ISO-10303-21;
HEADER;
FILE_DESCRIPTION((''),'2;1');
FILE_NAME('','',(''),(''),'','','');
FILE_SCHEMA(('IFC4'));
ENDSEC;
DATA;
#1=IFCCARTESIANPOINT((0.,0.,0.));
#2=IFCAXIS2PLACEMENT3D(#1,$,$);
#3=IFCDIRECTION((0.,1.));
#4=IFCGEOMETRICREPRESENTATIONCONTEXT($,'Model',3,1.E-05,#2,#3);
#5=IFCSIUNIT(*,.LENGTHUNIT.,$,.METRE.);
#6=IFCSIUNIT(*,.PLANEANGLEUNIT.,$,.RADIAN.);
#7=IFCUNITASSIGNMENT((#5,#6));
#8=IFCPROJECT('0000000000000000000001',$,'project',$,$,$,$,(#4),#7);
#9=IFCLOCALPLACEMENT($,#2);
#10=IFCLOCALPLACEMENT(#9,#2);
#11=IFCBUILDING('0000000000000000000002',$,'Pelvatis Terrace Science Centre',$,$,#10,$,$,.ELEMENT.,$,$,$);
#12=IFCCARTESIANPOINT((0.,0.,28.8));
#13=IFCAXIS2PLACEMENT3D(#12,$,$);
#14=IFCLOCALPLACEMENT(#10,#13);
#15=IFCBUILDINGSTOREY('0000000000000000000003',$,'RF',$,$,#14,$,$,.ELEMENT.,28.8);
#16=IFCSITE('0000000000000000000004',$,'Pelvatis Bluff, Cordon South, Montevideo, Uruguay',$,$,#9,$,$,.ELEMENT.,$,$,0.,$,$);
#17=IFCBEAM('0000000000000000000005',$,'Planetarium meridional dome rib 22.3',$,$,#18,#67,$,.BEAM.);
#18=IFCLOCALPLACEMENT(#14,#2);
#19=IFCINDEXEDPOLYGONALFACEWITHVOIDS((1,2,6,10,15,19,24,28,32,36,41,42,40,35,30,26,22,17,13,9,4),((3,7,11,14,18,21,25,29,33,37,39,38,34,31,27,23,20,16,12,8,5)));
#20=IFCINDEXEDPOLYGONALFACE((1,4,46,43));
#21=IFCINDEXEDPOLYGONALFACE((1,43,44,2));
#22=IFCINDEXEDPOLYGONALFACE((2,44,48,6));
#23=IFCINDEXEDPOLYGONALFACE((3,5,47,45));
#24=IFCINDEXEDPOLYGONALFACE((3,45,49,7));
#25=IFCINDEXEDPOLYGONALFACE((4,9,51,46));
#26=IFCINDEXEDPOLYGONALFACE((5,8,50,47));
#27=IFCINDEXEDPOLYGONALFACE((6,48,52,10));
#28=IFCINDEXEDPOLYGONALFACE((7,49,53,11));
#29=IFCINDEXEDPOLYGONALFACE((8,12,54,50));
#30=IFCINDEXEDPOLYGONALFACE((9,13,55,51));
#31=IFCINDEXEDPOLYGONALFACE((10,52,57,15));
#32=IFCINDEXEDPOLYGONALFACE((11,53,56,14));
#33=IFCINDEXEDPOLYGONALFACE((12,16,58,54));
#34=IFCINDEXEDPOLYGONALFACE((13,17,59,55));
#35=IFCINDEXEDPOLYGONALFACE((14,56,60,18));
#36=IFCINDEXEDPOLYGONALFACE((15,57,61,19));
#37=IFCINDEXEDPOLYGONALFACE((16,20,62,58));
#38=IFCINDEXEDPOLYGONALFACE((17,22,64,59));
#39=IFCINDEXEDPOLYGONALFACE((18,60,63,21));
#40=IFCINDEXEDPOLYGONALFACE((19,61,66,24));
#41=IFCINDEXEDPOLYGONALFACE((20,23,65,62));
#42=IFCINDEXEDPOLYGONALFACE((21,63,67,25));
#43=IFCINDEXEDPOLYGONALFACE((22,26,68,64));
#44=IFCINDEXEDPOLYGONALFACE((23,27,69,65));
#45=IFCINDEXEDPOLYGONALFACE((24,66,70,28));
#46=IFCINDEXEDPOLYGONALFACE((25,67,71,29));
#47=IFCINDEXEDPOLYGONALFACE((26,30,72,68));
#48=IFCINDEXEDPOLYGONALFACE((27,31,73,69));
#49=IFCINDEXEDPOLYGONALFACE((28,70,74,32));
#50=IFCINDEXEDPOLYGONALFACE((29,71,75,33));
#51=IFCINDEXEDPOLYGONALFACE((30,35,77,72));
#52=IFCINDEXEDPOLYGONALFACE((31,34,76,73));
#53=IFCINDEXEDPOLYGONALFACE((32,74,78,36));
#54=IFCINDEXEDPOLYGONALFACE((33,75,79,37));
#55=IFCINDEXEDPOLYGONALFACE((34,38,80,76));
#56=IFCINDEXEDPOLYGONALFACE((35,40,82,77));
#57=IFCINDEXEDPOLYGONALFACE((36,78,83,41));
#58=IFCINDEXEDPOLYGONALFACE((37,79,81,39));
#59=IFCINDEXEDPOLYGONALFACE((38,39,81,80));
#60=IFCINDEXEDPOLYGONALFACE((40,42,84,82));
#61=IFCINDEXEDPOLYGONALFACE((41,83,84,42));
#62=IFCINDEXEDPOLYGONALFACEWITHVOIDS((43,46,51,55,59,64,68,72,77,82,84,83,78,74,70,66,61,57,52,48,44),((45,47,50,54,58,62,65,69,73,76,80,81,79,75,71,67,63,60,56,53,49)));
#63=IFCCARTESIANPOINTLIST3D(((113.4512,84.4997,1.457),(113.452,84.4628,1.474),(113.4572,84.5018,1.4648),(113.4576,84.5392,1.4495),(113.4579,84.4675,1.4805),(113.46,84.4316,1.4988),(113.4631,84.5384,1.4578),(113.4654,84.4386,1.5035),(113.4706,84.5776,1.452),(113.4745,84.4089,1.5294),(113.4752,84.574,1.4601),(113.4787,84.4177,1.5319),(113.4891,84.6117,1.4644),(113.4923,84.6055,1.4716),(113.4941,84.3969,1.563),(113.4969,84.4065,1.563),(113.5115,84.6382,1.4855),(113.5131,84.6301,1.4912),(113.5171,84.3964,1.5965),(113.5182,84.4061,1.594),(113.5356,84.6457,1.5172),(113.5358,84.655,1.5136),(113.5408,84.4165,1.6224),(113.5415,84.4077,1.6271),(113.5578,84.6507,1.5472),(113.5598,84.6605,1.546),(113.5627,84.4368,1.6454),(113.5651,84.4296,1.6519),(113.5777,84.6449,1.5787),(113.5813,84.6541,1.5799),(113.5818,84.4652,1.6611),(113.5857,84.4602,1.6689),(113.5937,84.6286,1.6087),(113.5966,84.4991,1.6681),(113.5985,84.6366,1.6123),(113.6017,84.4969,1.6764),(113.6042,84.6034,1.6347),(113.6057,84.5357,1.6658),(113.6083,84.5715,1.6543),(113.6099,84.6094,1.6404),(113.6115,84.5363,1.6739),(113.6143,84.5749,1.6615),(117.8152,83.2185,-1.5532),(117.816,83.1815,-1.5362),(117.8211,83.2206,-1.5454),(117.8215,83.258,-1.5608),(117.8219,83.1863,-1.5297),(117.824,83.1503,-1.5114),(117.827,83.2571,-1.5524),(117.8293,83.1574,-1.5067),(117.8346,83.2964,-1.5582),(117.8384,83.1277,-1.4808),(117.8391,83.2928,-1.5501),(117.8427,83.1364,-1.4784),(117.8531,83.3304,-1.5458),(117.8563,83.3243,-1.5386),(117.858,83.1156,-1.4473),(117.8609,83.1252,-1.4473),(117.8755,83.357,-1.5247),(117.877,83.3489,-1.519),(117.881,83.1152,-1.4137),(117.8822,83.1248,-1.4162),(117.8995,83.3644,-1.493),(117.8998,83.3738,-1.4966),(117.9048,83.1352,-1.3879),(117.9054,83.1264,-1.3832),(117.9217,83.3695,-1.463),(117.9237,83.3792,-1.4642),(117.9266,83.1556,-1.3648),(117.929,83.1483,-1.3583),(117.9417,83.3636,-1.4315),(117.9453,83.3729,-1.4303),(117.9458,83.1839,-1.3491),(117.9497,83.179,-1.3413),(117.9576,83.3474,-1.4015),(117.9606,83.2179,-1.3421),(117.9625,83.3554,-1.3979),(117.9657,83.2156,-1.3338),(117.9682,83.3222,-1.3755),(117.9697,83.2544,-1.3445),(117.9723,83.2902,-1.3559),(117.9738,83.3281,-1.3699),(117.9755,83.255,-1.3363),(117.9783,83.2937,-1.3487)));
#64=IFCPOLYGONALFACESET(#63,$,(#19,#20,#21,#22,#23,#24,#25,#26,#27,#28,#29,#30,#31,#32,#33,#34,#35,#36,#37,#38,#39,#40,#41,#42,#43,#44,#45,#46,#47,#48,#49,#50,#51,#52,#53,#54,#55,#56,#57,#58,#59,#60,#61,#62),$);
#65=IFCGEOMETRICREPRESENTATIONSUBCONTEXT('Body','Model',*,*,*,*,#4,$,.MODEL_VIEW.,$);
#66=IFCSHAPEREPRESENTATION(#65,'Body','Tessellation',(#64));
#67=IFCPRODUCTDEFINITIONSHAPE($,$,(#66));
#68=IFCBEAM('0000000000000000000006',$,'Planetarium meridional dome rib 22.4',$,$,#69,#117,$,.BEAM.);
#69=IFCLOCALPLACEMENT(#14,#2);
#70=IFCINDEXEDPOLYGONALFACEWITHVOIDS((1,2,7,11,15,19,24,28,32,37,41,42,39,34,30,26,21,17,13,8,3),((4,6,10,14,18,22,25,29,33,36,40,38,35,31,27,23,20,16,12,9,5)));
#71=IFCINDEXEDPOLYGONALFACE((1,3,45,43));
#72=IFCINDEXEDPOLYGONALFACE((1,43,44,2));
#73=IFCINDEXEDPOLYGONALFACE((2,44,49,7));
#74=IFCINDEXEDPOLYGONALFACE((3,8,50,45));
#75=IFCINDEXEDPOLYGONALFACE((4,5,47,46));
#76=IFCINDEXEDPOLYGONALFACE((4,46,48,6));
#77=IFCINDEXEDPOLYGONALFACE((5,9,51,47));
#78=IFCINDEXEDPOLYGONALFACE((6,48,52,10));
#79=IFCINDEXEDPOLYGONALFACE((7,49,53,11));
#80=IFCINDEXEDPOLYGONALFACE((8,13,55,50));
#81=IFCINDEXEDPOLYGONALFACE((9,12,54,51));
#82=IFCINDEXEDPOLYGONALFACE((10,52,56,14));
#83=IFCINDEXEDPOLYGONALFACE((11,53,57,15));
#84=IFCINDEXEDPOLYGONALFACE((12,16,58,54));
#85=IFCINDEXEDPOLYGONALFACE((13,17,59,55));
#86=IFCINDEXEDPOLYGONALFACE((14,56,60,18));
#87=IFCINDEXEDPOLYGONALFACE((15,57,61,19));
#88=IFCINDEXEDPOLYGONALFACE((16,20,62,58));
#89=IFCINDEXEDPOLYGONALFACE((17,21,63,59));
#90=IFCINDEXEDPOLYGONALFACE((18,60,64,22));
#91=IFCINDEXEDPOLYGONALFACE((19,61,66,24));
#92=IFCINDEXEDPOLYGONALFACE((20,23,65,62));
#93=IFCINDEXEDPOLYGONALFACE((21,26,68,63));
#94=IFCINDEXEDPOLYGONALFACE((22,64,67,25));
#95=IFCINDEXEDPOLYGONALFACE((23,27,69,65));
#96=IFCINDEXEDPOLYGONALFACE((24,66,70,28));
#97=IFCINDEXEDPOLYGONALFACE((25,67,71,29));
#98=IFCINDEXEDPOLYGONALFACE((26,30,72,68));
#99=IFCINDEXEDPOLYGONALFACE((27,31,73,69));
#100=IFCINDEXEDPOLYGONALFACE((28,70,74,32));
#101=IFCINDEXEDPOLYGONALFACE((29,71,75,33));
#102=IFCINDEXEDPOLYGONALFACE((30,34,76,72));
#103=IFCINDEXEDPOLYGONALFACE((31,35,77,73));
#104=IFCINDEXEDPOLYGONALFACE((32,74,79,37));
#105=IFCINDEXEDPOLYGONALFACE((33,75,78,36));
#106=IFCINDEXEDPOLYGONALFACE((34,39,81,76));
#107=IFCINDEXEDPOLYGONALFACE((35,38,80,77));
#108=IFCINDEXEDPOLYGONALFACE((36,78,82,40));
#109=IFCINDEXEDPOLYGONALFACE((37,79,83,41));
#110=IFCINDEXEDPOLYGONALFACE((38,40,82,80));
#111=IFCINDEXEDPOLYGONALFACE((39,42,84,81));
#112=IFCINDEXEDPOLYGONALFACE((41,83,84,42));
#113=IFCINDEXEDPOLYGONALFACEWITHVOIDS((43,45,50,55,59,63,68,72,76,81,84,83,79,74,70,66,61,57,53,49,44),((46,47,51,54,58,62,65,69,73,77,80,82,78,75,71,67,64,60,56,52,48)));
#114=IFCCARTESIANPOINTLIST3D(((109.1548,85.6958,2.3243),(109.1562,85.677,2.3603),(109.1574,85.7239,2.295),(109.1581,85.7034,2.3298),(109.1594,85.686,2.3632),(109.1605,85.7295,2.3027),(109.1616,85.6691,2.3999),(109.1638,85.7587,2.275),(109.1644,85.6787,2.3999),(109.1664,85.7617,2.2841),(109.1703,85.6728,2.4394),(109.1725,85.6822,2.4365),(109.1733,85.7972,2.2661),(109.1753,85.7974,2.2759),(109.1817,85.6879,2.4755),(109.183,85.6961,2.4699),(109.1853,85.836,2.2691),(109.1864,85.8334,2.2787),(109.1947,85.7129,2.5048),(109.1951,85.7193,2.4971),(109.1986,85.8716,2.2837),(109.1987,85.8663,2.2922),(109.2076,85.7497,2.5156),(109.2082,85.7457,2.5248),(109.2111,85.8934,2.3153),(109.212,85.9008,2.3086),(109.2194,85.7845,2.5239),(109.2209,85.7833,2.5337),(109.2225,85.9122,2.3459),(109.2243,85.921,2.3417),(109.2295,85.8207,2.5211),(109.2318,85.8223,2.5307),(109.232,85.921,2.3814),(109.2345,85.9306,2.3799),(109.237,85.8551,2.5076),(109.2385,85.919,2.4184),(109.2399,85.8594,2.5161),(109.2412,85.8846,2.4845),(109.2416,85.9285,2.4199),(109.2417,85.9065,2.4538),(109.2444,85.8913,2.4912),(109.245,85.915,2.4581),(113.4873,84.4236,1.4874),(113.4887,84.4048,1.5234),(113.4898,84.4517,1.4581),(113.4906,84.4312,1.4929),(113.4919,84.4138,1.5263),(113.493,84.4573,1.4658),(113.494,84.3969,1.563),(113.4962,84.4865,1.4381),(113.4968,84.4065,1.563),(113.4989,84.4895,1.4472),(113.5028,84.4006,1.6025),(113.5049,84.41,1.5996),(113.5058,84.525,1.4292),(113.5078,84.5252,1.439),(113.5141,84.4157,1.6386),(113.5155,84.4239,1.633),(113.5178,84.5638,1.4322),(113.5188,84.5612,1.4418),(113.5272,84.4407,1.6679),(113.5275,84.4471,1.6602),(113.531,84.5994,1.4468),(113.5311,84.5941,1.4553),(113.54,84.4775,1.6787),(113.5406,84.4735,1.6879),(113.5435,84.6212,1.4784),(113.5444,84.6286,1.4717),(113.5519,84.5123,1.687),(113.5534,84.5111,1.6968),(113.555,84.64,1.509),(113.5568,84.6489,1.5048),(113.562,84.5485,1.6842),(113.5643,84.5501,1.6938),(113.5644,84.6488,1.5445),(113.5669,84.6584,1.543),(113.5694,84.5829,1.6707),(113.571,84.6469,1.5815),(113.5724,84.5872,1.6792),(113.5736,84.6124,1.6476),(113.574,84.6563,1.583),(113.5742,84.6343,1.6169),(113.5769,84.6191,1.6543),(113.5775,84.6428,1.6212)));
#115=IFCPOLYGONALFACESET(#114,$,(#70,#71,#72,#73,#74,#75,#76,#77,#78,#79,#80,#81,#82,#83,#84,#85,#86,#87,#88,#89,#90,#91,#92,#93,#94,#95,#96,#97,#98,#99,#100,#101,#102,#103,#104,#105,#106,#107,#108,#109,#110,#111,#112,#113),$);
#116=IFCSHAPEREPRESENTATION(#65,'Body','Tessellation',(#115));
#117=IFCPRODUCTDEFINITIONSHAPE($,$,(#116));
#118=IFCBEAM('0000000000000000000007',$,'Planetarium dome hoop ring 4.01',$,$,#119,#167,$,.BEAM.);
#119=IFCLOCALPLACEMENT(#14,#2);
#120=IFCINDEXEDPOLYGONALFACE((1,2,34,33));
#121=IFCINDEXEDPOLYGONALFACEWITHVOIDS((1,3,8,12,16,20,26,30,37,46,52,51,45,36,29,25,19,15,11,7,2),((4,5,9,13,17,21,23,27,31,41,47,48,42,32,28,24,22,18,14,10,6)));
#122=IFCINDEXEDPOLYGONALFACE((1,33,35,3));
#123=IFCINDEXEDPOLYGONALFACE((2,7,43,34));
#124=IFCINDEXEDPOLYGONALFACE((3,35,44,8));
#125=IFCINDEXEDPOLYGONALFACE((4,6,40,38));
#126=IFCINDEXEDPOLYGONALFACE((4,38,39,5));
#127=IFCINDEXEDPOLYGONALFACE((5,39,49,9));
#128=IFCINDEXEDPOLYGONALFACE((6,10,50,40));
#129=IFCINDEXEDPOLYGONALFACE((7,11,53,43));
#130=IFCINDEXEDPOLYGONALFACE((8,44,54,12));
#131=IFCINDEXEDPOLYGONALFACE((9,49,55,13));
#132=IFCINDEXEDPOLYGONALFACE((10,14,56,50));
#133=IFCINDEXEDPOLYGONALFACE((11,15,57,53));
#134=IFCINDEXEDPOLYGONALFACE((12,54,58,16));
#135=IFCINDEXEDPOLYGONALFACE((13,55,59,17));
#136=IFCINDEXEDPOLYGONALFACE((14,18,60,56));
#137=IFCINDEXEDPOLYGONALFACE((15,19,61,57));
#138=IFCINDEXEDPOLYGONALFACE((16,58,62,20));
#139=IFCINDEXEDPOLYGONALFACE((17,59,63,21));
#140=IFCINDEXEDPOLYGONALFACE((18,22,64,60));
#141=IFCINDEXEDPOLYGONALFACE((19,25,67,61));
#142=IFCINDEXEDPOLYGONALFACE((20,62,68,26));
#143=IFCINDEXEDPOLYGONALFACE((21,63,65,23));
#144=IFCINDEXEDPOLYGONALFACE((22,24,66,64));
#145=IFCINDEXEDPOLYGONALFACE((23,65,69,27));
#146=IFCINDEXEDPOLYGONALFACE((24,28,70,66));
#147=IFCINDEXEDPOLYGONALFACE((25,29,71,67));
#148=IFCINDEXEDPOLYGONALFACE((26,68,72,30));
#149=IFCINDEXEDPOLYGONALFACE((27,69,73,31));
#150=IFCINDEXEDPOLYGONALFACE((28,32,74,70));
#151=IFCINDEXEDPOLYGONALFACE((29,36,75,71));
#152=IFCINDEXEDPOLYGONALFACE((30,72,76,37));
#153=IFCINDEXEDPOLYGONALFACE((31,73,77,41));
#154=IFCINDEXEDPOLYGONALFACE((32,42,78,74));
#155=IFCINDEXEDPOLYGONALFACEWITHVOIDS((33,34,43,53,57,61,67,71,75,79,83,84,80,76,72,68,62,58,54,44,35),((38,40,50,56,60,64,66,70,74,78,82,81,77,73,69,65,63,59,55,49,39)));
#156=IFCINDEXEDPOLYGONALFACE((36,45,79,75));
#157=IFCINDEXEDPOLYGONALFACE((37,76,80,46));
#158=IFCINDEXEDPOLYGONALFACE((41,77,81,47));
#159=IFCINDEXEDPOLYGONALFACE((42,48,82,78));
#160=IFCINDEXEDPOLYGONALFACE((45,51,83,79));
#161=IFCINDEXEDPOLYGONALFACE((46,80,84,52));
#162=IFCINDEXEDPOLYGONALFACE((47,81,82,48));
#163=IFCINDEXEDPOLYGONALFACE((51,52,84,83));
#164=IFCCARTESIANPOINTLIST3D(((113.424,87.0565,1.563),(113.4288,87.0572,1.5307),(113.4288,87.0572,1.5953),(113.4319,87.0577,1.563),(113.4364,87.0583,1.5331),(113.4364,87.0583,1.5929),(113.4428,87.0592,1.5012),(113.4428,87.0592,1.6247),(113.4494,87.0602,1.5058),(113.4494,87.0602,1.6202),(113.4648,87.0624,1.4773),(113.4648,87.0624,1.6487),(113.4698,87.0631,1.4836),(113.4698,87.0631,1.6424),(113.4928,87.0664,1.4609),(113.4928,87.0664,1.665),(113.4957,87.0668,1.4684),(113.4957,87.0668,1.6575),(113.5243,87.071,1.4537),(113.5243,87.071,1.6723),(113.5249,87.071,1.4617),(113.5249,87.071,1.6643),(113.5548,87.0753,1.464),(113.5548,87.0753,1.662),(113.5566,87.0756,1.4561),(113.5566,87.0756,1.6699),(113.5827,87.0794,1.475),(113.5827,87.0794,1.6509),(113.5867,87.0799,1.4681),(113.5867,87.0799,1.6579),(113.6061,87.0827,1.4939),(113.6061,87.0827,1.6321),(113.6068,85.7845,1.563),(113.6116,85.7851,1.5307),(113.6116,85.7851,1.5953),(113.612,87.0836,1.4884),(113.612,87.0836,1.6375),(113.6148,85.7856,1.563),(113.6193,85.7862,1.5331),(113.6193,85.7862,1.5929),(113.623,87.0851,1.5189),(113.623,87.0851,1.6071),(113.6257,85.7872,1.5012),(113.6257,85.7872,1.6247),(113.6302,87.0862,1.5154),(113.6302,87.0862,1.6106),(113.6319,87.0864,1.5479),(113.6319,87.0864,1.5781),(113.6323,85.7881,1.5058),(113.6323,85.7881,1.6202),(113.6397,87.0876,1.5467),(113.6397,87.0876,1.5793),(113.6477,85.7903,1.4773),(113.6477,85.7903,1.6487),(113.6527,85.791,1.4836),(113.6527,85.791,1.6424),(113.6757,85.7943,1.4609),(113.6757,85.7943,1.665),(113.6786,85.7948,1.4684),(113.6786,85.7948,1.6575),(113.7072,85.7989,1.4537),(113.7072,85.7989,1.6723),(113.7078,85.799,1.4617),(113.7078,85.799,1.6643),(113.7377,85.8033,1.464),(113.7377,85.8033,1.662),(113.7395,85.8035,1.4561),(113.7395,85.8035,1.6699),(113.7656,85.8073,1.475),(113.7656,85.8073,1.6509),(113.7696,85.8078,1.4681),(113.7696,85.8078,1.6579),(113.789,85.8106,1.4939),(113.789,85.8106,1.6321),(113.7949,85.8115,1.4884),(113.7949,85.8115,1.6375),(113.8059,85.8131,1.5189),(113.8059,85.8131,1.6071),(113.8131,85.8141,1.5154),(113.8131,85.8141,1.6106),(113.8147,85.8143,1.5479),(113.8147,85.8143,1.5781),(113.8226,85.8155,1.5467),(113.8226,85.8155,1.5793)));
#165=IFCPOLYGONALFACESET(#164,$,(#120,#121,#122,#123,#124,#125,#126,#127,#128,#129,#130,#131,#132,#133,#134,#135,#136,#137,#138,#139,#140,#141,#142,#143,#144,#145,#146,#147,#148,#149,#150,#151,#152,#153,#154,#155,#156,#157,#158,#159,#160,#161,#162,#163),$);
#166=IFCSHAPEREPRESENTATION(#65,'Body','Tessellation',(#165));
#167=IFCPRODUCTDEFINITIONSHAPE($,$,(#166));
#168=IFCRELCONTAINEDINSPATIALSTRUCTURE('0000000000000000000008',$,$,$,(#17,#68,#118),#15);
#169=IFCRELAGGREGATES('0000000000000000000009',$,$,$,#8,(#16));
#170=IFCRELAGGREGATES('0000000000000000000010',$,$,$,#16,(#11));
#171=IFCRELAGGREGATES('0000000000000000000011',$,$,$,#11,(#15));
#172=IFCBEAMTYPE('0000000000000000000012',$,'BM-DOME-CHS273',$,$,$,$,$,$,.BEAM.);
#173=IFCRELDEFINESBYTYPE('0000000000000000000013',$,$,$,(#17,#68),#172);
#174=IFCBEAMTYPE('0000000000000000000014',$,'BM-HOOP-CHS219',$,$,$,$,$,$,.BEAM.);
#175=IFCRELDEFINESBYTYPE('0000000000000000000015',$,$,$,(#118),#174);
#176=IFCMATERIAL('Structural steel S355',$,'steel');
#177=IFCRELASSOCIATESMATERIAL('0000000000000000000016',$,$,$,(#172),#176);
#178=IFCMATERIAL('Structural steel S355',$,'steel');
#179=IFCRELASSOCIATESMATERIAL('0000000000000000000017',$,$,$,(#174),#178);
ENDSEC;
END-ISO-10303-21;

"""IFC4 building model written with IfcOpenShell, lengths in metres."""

from ifc_helpers import new_model, si_unit, direction, frame, origin, origin_2d, place, context, subcontext, project, spatial, hollow_circle, extrude, material, material_profile, profile_set, type_object, element, save


model = new_model("IFC4")

# Units and contexts
model_context = context("Model", 3, precision=1e-05, world=origin(), true_north=direction((0.0, 1.0)))
body_context = subcontext(model_context, "Body", "Model", "MODEL_VIEW")
ifc_project = project(units=[si_unit("LENGTHUNIT", "METRE"), si_unit("PLANEANGLEUNIT", "RADIAN")], contexts=[model_context])

# Site, building, storey
site_placement = place(None, origin())
site = spatial("IfcSite", under=ifc_project, at=site_placement, Name="Pelvatis Bluff, Cordon South, Montevideo, Uruguay", CompositionType="ELEMENT", RefElevation=0.0)
building_placement = place(site_placement, origin())
building = spatial("IfcBuilding", under=site, at=building_placement, Name="Pelvatis Terrace Science Centre", CompositionType="ELEMENT")
storey_placement = place(building_placement, frame((0.0, 0.0, 28.8)))
storey = spatial("IfcBuildingStorey", under=building, at=storey_placement, Name="RF", CompositionType="ELEMENT", Elevation=28.8)

# Beams
ifc_material_1 = material(Name="Structural steel S355", Category="steel")
ifc_material_profile_1 = material_profile(ifc_material_1, hollow_circle(Radius=0.1365, WallThickness=0.01, at=origin_2d()), Name="CHS 273.0x10.0")
ifc_profile_set_1 = profile_set([ifc_material_profile_1], Name="Structural steel S355")
beam_type_1 = type_object("IfcBeamType", Name="BM-DOME-CHS273", PredefinedType="BEAM", material=ifc_profile_set_1)
beam_1_placement = place(storey_placement, frame((117.8965, 83.2466, -1.4473), z_axis=(-0.800126, 0.234912, 0.551919), x_axis=(-0.281704, -0.959501, 0.0)))
element("IfcBeam", 1, at=beam_1_placement, inside=storey, type_object=beam_type_1, Name="Planetarium meridional dome rib 22.3", PredefinedType="BEAM", context=body_context, shape_type="SweptSolid", body=[
    extrude(hollow_circle(Radius=0.1365, WallThickness=0.01, at=origin_2d()), origin(), (0.0, 0.0, 1.0), 5.4541),
])
beam_2_placement = place(storey_placement, frame((113.5325, 84.5278, 1.563), z_axis=(-0.943421, 0.27703, 0.182241), x_axis=(-0.281748, -0.959489, 0.0)))
element("IfcBeam", 2, at=beam_2_placement, inside=storey, type_object=beam_type_1, Name="Planetarium meridional dome rib 22.4", PredefinedType="BEAM", context=body_context, shape_type="SweptSolid", body=[
    extrude(hollow_circle(Radius=0.1365, WallThickness=0.01, at=origin_2d()), origin(), (0.0, 0.0, 1.0), 4.5923),
])
ifc_material_2 = material(Name="Structural steel S355", Category="steel")
ifc_material_profile_2 = material_profile(ifc_material_2, hollow_circle(Radius=0.1096, WallThickness=0.0081, at=origin_2d()), Name="CHS 219.1x8.0")
ifc_profile_set_2 = profile_set([ifc_material_profile_2], Name="Structural steel S355")
beam_type_2 = type_object("IfcBeamType", Name="BM-HOOP-CHS219", PredefinedType="BEAM", material=ifc_profile_set_2)
beam_3_placement = place(storey_placement, frame((113.7153, 85.8, 1.563), z_axis=(-0.142299, 0.989824, 0.0), x_axis=(-0.989824, -0.142299, 0.0)))
element("IfcBeam", 3, at=beam_3_placement, inside=storey, type_object=beam_type_2, Name="Planetarium dome hoop ring 4.01", PredefinedType="BEAM", context=body_context, shape_type="SweptSolid", body=[
    extrude(hollow_circle(Radius=0.1096, WallThickness=0.0081, at=origin_2d()), origin(), (0.0, 0.0, 1.0), 1.2852),
])

save(model, "model.ifc")
